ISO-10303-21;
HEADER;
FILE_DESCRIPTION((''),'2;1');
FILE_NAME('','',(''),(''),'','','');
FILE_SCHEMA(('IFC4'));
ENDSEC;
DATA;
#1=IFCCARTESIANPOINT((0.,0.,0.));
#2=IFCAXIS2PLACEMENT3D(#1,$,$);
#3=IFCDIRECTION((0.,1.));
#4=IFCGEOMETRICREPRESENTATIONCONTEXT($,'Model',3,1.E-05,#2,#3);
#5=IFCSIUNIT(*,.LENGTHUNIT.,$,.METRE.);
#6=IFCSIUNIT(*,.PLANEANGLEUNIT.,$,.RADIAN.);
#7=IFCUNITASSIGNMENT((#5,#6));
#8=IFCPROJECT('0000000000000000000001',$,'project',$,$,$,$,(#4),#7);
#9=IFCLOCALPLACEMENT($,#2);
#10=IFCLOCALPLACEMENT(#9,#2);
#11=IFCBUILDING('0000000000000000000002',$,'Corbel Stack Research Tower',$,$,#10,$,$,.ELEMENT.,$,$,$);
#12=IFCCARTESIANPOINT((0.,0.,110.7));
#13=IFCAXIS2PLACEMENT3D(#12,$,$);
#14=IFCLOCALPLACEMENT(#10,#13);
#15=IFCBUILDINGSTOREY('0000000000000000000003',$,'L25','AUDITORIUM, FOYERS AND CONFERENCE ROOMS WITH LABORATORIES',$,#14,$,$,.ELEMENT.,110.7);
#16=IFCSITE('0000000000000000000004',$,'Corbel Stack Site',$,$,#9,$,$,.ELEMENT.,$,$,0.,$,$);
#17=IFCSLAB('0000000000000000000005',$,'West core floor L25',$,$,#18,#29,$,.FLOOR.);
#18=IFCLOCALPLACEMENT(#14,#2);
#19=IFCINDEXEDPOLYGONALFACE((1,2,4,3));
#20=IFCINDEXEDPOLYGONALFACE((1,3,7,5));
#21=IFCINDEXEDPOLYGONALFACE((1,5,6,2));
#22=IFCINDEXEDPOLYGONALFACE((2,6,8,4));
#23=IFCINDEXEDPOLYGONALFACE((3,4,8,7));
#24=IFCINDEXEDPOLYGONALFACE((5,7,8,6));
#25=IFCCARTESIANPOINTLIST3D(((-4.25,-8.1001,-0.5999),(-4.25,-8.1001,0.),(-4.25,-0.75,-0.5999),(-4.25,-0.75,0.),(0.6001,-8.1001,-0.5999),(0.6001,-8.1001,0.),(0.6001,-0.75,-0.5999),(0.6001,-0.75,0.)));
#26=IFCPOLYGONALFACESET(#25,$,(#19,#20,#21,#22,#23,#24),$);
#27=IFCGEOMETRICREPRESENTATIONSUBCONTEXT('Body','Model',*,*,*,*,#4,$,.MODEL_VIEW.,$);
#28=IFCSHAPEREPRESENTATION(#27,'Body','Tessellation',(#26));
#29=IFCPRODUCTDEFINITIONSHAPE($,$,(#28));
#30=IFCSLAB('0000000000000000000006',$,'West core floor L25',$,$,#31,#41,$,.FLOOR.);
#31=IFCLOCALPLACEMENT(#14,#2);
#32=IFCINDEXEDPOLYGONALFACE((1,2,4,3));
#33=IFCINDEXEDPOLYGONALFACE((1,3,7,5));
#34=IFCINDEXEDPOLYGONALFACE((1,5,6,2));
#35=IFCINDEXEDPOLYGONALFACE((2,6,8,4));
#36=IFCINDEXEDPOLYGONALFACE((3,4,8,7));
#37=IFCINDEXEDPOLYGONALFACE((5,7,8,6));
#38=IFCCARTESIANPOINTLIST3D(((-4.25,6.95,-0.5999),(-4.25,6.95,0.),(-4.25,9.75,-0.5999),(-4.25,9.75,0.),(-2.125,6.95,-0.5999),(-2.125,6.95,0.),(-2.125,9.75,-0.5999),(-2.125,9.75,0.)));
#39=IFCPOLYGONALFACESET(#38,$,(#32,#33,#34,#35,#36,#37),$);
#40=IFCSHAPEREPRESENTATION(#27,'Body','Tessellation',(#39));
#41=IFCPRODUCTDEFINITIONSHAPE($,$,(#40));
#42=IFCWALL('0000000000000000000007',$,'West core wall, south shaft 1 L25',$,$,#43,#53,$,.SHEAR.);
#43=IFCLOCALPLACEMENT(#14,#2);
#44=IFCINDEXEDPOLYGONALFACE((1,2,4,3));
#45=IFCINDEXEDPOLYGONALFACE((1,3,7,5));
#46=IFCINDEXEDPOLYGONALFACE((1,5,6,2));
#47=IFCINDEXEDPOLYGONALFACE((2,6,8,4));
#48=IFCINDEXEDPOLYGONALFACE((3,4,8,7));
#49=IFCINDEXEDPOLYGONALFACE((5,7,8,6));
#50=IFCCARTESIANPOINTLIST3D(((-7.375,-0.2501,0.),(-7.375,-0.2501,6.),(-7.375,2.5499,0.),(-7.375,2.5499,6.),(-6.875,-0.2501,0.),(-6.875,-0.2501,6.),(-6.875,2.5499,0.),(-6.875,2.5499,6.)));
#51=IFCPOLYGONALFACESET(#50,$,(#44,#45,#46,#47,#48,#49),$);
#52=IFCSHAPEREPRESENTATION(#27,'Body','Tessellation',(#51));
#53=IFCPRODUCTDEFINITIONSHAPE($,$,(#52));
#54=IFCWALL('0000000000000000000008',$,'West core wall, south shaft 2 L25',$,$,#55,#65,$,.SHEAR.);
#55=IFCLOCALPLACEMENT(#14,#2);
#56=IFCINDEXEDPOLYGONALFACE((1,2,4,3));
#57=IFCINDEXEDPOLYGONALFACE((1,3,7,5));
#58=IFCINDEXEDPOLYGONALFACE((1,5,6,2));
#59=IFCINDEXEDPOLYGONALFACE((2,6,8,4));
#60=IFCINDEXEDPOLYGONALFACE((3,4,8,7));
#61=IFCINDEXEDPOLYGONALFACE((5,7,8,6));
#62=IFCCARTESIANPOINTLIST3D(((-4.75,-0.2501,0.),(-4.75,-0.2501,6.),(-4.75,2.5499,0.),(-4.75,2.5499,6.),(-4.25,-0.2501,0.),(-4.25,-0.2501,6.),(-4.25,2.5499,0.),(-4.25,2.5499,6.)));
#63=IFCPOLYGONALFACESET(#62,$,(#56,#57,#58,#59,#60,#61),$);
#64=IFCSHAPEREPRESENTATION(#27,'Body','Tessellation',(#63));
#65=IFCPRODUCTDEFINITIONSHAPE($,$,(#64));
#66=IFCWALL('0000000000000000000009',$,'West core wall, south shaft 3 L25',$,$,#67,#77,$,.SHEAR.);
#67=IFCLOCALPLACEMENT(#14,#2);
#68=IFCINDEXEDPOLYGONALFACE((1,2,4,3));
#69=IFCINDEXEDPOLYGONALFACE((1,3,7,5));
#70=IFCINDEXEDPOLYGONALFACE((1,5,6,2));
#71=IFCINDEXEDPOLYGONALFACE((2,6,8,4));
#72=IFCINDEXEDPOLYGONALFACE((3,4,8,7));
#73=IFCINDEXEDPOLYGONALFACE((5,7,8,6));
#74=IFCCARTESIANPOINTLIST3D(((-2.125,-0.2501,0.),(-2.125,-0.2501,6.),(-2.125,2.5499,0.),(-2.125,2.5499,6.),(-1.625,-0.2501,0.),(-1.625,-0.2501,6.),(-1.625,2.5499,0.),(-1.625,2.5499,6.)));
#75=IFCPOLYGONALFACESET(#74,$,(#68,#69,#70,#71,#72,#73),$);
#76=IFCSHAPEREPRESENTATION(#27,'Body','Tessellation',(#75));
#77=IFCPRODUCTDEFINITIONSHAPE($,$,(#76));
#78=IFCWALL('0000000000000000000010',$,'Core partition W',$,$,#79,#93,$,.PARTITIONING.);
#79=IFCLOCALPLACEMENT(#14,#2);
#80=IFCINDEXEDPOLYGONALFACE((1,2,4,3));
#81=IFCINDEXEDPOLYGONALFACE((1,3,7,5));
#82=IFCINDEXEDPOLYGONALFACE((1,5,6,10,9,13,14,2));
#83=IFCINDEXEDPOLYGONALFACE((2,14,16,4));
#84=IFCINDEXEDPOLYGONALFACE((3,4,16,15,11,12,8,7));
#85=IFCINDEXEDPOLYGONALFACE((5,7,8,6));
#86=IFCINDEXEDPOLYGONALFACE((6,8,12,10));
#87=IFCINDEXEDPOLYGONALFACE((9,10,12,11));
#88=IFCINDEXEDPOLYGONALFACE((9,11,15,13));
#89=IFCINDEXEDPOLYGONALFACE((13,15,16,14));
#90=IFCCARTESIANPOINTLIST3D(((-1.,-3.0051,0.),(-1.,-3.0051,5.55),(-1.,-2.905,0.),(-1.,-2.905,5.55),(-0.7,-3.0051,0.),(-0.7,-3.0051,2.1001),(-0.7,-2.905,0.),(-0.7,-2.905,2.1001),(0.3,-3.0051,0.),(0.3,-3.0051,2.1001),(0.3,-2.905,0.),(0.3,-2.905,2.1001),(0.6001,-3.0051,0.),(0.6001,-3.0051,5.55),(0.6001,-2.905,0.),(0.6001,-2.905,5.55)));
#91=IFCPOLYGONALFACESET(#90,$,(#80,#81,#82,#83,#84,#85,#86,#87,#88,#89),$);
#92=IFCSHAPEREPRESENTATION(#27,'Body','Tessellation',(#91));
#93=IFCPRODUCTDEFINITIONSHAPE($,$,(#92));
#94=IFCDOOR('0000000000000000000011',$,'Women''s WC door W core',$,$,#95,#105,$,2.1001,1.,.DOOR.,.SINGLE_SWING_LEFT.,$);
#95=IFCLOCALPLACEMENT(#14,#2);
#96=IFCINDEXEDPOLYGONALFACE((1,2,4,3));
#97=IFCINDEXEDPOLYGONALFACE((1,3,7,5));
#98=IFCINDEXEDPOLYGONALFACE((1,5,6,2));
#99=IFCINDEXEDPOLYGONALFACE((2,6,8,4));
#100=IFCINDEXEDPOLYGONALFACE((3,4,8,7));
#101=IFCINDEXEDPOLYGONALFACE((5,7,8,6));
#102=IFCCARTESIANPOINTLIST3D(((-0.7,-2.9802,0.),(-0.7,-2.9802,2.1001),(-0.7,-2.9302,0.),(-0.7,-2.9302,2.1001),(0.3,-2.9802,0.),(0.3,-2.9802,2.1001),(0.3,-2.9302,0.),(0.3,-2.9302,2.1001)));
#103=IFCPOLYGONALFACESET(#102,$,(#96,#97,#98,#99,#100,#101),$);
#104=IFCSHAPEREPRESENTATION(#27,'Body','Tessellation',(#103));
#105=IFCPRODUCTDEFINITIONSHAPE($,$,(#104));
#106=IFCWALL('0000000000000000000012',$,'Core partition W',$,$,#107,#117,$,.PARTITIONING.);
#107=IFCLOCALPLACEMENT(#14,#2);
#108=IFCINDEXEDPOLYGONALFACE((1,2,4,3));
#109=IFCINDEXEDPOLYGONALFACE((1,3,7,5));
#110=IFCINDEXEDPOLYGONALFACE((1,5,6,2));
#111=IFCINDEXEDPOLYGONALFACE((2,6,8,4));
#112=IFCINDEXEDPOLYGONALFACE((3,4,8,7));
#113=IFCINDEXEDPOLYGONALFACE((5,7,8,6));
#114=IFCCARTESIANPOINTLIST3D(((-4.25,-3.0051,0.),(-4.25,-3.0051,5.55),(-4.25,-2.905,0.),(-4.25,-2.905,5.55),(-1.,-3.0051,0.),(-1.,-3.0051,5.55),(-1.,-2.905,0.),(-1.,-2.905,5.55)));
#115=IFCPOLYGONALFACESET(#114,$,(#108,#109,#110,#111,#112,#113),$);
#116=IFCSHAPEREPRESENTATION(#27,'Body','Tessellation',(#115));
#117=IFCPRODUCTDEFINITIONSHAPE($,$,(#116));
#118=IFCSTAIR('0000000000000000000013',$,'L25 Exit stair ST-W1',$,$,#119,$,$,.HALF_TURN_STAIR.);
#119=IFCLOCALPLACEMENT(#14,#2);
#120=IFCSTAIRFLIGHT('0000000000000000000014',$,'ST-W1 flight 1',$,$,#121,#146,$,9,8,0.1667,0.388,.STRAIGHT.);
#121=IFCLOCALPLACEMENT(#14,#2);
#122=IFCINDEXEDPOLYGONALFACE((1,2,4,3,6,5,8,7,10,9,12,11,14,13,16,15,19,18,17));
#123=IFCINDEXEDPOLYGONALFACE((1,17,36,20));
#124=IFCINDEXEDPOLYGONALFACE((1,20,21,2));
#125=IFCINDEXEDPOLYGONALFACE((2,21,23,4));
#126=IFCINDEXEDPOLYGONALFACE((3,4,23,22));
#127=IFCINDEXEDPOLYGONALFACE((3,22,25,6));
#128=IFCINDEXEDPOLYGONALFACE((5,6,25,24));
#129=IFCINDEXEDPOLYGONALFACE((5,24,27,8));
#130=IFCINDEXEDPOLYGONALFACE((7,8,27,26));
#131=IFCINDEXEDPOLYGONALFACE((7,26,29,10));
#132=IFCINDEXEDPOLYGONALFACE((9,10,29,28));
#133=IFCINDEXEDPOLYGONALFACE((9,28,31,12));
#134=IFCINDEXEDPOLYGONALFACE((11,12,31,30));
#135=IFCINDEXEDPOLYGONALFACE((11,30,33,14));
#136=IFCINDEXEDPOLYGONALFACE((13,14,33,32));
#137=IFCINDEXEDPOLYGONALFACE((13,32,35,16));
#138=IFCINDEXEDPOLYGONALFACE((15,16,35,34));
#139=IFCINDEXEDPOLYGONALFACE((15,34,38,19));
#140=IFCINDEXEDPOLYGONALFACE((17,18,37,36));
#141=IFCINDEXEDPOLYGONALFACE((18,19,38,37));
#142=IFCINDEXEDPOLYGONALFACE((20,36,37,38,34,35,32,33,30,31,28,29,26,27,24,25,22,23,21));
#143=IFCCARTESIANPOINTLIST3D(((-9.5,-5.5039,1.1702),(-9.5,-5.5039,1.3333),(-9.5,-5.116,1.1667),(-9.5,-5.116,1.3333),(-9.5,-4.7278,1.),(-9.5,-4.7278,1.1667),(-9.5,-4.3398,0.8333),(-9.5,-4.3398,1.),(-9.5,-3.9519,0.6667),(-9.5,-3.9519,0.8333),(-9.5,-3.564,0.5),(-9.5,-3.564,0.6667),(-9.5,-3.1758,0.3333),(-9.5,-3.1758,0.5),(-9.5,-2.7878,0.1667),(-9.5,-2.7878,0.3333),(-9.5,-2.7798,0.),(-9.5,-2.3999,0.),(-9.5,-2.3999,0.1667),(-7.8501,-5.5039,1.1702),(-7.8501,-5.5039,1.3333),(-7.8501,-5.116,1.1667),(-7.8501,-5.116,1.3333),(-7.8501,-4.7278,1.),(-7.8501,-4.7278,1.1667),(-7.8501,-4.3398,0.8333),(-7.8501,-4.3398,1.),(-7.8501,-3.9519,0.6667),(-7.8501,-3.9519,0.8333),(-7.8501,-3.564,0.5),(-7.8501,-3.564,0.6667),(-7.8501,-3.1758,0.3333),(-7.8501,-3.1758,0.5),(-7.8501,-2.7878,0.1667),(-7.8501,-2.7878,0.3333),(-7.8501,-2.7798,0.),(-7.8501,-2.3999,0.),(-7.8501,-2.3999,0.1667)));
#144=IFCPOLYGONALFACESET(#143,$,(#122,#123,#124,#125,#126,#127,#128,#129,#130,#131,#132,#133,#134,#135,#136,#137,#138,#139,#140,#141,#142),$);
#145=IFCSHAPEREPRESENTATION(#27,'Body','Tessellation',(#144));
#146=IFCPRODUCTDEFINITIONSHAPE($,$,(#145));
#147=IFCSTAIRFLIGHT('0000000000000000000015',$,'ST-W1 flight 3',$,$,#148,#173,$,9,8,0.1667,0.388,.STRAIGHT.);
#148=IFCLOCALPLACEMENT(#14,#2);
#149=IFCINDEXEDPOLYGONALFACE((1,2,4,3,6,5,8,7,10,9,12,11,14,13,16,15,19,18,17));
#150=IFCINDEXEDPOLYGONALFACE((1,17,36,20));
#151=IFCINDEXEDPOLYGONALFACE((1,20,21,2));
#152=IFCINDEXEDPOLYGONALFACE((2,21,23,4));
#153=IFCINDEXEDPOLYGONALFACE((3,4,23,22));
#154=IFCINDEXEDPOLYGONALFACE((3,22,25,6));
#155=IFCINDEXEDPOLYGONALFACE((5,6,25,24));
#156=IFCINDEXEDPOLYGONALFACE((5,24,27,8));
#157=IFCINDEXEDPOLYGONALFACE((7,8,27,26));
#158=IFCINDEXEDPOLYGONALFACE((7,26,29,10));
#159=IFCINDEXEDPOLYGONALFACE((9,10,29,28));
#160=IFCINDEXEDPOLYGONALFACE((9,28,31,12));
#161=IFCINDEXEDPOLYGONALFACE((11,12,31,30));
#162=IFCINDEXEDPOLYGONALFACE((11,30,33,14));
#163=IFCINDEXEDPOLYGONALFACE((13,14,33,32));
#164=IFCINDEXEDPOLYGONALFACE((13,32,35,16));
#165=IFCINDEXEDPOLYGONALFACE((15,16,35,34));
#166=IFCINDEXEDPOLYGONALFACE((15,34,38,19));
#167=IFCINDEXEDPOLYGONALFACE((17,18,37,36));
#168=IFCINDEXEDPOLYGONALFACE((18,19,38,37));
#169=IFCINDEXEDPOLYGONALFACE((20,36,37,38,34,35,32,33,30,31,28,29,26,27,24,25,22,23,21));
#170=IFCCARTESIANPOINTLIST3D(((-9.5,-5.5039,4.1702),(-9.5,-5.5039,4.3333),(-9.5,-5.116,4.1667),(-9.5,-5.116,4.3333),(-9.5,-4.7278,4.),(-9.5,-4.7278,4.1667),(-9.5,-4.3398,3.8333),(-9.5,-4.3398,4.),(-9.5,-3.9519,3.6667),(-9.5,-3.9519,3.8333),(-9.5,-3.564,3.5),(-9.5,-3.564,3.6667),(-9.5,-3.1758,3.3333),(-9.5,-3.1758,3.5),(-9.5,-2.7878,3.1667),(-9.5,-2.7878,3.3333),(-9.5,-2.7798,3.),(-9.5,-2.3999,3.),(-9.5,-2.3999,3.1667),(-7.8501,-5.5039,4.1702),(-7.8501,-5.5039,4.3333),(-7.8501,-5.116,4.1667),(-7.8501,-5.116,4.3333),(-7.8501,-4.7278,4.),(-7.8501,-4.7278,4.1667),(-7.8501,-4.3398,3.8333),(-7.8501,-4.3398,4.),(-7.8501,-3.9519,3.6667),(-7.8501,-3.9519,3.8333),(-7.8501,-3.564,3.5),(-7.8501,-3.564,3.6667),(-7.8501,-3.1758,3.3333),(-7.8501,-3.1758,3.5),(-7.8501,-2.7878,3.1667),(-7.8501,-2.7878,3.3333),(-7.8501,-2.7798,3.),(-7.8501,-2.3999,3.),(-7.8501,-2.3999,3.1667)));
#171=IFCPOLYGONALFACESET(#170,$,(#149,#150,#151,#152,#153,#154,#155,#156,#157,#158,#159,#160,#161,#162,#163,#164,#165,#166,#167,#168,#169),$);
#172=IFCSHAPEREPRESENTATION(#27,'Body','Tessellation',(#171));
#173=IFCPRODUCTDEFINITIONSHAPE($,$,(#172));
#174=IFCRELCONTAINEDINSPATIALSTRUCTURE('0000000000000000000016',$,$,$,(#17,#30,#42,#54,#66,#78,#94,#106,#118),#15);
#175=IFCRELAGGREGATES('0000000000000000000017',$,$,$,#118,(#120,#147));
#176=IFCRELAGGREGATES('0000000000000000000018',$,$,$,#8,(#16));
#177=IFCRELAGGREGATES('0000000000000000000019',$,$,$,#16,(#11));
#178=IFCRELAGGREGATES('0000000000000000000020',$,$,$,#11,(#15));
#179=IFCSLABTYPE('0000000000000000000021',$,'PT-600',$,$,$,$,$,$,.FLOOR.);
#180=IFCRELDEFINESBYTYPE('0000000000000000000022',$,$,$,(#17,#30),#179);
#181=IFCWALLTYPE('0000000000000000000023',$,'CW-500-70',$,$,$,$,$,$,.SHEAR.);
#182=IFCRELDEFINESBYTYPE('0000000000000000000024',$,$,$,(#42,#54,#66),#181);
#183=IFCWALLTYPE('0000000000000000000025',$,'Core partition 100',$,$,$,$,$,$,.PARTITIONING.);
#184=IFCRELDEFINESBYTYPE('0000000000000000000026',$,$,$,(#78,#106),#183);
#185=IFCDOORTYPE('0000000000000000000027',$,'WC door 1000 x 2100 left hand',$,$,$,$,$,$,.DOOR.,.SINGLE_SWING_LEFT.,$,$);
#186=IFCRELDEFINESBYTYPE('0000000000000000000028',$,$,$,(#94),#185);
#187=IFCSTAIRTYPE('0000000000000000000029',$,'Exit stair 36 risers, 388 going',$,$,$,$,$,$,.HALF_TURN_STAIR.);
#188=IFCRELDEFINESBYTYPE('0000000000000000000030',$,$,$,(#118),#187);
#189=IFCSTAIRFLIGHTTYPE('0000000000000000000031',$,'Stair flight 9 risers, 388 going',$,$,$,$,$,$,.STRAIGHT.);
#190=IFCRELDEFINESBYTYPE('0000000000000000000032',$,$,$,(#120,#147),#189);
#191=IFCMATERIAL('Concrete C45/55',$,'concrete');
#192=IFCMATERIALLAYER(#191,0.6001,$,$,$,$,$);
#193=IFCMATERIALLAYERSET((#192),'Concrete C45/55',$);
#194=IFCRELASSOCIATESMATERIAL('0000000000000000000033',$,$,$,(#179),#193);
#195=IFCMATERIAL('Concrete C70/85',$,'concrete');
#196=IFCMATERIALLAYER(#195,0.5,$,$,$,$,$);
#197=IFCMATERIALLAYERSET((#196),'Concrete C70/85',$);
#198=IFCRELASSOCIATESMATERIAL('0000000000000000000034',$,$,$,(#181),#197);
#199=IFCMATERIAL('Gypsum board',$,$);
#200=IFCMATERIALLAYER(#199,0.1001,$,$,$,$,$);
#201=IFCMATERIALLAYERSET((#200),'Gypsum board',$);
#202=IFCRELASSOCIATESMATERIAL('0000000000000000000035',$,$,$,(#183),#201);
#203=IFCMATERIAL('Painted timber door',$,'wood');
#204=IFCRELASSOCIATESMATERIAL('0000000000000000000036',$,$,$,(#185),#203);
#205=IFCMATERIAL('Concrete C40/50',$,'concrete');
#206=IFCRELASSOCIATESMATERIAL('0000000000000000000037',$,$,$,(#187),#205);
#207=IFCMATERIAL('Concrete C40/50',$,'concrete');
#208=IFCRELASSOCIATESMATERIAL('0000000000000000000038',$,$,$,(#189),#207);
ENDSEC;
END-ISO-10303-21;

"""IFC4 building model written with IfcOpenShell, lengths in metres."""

from ifc_helpers import new_model, si_unit, direction, frame, frame_2d, origin, place, context, subcontext, project, spatial, polyline, rectangle, outline, extrude, material, layer, layer_set, type_object, element, fill, aggregate, save


model = new_model("IFC4")

# Units and contexts
model_context = context("Model", 3, precision=1e-05, world=origin(), true_north=direction((0.0, 1.0)))
body_context = subcontext(model_context, "Body", "Model", "MODEL_VIEW")
ifc_project = project(units=[si_unit("LENGTHUNIT", "METRE"), si_unit("PLANEANGLEUNIT", "RADIAN")], contexts=[model_context])

# Site, building, storey
site_placement = place(None, origin())
site = spatial("IfcSite", under=ifc_project, at=site_placement, Name="Corbel Stack Site", CompositionType="ELEMENT", RefElevation=0.0)
building_placement = place(site_placement, origin())
building = spatial("IfcBuilding", under=site, at=building_placement, Name="Corbel Stack Research Tower", CompositionType="ELEMENT")
storey_placement = place(building_placement, frame((0.0, 0.0, 110.7)))
storey = spatial("IfcBuildingStorey", under=building, at=storey_placement, Name="L25", Description="AUDITORIUM, FOYERS AND CONFERENCE ROOMS WITH LABORATORIES", CompositionType="ELEMENT", Elevation=110.7)

# Slabs
ifc_material_1 = material(Name="Concrete C45/55", Category="concrete")
ifc_layer_1 = layer(ifc_material_1, 0.6001)
ifc_layer_set_1 = layer_set([ifc_layer_1], Name="Concrete C45/55")
slab_type = type_object("IfcSlabType", Name="PT-600", PredefinedType="FLOOR", material=ifc_layer_set_1)
slab_1_placement = place(storey_placement, frame((0.0, 0.0, -0.5999)))
element("IfcSlab", 1, at=slab_1_placement, inside=storey, type_object=slab_type, Name="West core floor L25", PredefinedType="FLOOR", context=body_context, shape_type="SweptSolid", body=[
    extrude(outline(polyline([(0.6001, -8.1001), (0.6001, -0.75), (-4.25, -0.75), (-4.25, -8.1001), (0.6001, -8.1001)])), origin(), (0.0, 0.0, 1.0), 0.5999),
])
slab_2_placement = place(storey_placement, frame((0.0, 0.0, -0.5999)))
element("IfcSlab", 2, at=slab_2_placement, inside=storey, type_object=slab_type, Name="West core floor L25", PredefinedType="FLOOR", context=body_context, shape_type="SweptSolid", body=[
    extrude(outline(polyline([(-2.125, 6.95), (-2.125, 9.75), (-4.25, 9.75), (-4.25, 6.95), (-2.125, 6.95)])), origin(), (0.0, 0.0, 1.0), 0.5999),
])

# Walls
ifc_material_2 = material(Name="Concrete C70/85", Category="concrete")
ifc_layer_2 = layer(ifc_material_2, 0.5)
ifc_layer_set_2 = layer_set([ifc_layer_2], Name="Concrete C70/85")
wall_type_1 = type_object("IfcWallType", Name="CW-500-70", PredefinedType="SHEAR", material=ifc_layer_set_2)
for number, where, z_axis, x_axis, name in (
    (3, (-7.125, -0.25, 0.0), (0.0, 0.0, 1.0), (0.0, 1.0, 0.0), "West core wall, south shaft 1 L25"),
    (4, (-4.5, -0.25, 0.0), (0.0, 0.0, 1.0), (0.0, 1.0, 0.0), "West core wall, south shaft 2 L25"),
    (5, (-1.875, -0.25, 0.0), (0.0, 0.0, 1.0), (0.0, 1.0, 0.0), "West core wall, south shaft 3 L25"),
):
    element("IfcWall", number, at=place(storey_placement, frame(where, z_axis=z_axis, x_axis=x_axis)), inside=storey, type_object=wall_type_1, Name=name, PredefinedType="SHEAR", context=body_context, shape_type="SweptSolid", body=[
        extrude(rectangle(XDim=2.8, YDim=0.5, at=frame_2d((1.3999, 0.0))), origin(), (0.0, 0.0, 1.0), 6.0),
    ])

# Wall, opening, door
ifc_material_3 = material(Name="Gypsum board")
ifc_layer_3 = layer(ifc_material_3, 0.1001)
ifc_layer_set_3 = layer_set([ifc_layer_3], Name="Gypsum board")
wall_type_2 = type_object("IfcWallType", Name="Core partition 100", PredefinedType="PARTITIONING", material=ifc_layer_set_3)
wall_1_placement = place(storey_placement, frame((-1.0, -2.9551, 0.0), z_axis=(0.0, 0.0, 1.0), x_axis=(1.0, 0.0, 0.0)))
wall_1 = element("IfcWall", 6, at=wall_1_placement, inside=storey, type_object=wall_type_2, Name="Core partition W", PredefinedType="PARTITIONING", context=body_context, shape_type="SweptSolid", body=[
    extrude(rectangle(XDim=1.6001, YDim=0.1001, at=frame_2d((0.8, 0.0))), origin(), (0.0, 0.0, 1.0), 5.55),
])
opening_placement = place(wall_1_placement, frame((0.3, 0.0, 0.0)))
opening = element("IfcOpeningElement", 7, at=opening_placement, cuts=wall_1, PredefinedType="OPENING", context=body_context, shape_type="SweptSolid", body=[
    extrude(rectangle(XDim=1.0, YDim=2.1001, at=frame_2d((0.5, 1.05))), frame((0.0, 0.0601, 0.0), z_axis=(0.0, -1.0, 0.0), x_axis=(1.0, 0.0, 0.0)), (0.0, 0.0, 1.0), 0.1201),
])
ifc_material_4 = material(Name="Painted timber door", Category="wood")
door_type = type_object("IfcDoorType", Name="WC door 1000 x 2100 left hand", OperationType="SINGLE_SWING_LEFT", PredefinedType="DOOR", material=ifc_material_4)
door_placement = place(opening_placement, origin())
door = element("IfcDoor", 8, at=door_placement, inside=storey, type_object=door_type, Name="Women's WC door W core", OperationType="SINGLE_SWING_LEFT", OverallHeight=2.1001, OverallWidth=1.0, PredefinedType="DOOR", context=body_context, shape_type="SweptSolid", body=[
    extrude(rectangle(XDim=1.0, YDim=2.1001, at=frame_2d((0.5, 1.05))), frame((0.0, 0.0249, 0.0), z_axis=(0.0, -1.0, 0.0), x_axis=(1.0, 0.0, 0.0)), (0.0, 0.0, 1.0), 0.05),
])
fill(opening, door)

# Wall
wall_2_placement = place(storey_placement, frame((-4.25, -2.9551, 0.0), z_axis=(0.0, 0.0, 1.0), x_axis=(1.0, 0.0, 0.0)))
element("IfcWall", 9, at=wall_2_placement, inside=storey, type_object=wall_type_2, Name="Core partition W", PredefinedType="PARTITIONING", context=body_context, shape_type="SweptSolid", body=[
    extrude(rectangle(XDim=3.25, YDim=0.1001, at=frame_2d((1.625, 0.0))), origin(), (0.0, 0.0, 1.0), 5.55),
])

# Stair, stair flights
ifc_material_5 = material(Name="Concrete C40/50", Category="concrete")
stair_type = type_object("IfcStairType", Name="Exit stair 36 risers, 388 going", PredefinedType="HALF_TURN_STAIR", material=ifc_material_5)
stair_placement = place(storey_placement, origin())
stair = element("IfcStair", 10, at=stair_placement, inside=storey, type_object=stair_type, Name="L25 Exit stair ST-W1", PredefinedType="HALF_TURN_STAIR")
ifc_material_6 = material(Name="Concrete C40/50", Category="concrete")
stair_flight_type = type_object("IfcStairFlightType", Name="Stair flight 9 risers, 388 going", PredefinedType="STRAIGHT", material=ifc_material_6)
stair_flight_1_placement = place(storey_placement, frame((-8.675, -2.3999, 0.0), z_axis=(0.0, 0.0, 1.0), x_axis=(0.0, -1.0, 0.0)))
stair_flight_1 = element("IfcStairFlight", 11, at=stair_flight_1_placement, type_object=stair_flight_type, Name="ST-W1 flight 1", NumberOfRisers=9, NumberOfTreads=8, PredefinedType="STRAIGHT", RiserHeight=0.1667, TreadLength=0.388, context=body_context, shape_type="SweptSolid", body=[
    extrude(outline(polyline([(0.0, 0.0), (0.0, 0.1667), (0.3879, 0.1667), (0.3879, 0.3333), (0.7759, 0.3333), (0.7759, 0.5), (1.1641, 0.5), (1.1641, 0.6667), (1.552, 0.6667), (1.552, 0.8333), (1.9399, 0.8333), (1.9399, 1.0), (2.3279, 1.0), (2.3279, 1.1667), (2.7161, 1.1667), (2.7161, 1.3333), (3.104, 1.3333), (3.104, 1.5), (3.104, 1.1702), (0.3799, 0.0), (0.0, 0.0)])), frame((0.0, 0.825, 0.0), z_axis=(0.0, -1.0, 0.0), x_axis=(1.0, 0.0, 0.0)), (0.0, 0.0, 1.0), 1.6499),
])
stair_flight_2_placement = place(storey_placement, frame((-8.675, -2.3999, 3.0), z_axis=(0.0, 0.0, 1.0), x_axis=(0.0, -1.0, 0.0)))
stair_flight_2 = element("IfcStairFlight", 12, at=stair_flight_2_placement, type_object=stair_flight_type, Name="ST-W1 flight 3", NumberOfRisers=9, NumberOfTreads=8, PredefinedType="STRAIGHT", RiserHeight=0.1667, TreadLength=0.388, context=body_context, shape_type="SweptSolid", body=[
    extrude(outline(polyline([(0.0, 0.0), (0.0, 0.1667), (0.3879, 0.1667), (0.3879, 0.3333), (0.7759, 0.3333), (0.7759, 0.5), (1.1641, 0.5), (1.1641, 0.6667), (1.552, 0.6667), (1.552, 0.8333), (1.9399, 0.8333), (1.9399, 1.0), (2.3279, 1.0), (2.3279, 1.1667), (2.7161, 1.1667), (2.7161, 1.3333), (3.104, 1.3333), (3.104, 1.5), (3.104, 1.1702), (0.3799, 0.0), (0.0, 0.0)])), frame((0.0, 0.825, 0.0), z_axis=(0.0, -1.0, 0.0), x_axis=(1.0, 0.0, 0.0)), (0.0, 0.0, 1.0), 1.6499),
])
aggregate(stair, [stair_flight_1, stair_flight_2])

save(model, "model.ifc")
